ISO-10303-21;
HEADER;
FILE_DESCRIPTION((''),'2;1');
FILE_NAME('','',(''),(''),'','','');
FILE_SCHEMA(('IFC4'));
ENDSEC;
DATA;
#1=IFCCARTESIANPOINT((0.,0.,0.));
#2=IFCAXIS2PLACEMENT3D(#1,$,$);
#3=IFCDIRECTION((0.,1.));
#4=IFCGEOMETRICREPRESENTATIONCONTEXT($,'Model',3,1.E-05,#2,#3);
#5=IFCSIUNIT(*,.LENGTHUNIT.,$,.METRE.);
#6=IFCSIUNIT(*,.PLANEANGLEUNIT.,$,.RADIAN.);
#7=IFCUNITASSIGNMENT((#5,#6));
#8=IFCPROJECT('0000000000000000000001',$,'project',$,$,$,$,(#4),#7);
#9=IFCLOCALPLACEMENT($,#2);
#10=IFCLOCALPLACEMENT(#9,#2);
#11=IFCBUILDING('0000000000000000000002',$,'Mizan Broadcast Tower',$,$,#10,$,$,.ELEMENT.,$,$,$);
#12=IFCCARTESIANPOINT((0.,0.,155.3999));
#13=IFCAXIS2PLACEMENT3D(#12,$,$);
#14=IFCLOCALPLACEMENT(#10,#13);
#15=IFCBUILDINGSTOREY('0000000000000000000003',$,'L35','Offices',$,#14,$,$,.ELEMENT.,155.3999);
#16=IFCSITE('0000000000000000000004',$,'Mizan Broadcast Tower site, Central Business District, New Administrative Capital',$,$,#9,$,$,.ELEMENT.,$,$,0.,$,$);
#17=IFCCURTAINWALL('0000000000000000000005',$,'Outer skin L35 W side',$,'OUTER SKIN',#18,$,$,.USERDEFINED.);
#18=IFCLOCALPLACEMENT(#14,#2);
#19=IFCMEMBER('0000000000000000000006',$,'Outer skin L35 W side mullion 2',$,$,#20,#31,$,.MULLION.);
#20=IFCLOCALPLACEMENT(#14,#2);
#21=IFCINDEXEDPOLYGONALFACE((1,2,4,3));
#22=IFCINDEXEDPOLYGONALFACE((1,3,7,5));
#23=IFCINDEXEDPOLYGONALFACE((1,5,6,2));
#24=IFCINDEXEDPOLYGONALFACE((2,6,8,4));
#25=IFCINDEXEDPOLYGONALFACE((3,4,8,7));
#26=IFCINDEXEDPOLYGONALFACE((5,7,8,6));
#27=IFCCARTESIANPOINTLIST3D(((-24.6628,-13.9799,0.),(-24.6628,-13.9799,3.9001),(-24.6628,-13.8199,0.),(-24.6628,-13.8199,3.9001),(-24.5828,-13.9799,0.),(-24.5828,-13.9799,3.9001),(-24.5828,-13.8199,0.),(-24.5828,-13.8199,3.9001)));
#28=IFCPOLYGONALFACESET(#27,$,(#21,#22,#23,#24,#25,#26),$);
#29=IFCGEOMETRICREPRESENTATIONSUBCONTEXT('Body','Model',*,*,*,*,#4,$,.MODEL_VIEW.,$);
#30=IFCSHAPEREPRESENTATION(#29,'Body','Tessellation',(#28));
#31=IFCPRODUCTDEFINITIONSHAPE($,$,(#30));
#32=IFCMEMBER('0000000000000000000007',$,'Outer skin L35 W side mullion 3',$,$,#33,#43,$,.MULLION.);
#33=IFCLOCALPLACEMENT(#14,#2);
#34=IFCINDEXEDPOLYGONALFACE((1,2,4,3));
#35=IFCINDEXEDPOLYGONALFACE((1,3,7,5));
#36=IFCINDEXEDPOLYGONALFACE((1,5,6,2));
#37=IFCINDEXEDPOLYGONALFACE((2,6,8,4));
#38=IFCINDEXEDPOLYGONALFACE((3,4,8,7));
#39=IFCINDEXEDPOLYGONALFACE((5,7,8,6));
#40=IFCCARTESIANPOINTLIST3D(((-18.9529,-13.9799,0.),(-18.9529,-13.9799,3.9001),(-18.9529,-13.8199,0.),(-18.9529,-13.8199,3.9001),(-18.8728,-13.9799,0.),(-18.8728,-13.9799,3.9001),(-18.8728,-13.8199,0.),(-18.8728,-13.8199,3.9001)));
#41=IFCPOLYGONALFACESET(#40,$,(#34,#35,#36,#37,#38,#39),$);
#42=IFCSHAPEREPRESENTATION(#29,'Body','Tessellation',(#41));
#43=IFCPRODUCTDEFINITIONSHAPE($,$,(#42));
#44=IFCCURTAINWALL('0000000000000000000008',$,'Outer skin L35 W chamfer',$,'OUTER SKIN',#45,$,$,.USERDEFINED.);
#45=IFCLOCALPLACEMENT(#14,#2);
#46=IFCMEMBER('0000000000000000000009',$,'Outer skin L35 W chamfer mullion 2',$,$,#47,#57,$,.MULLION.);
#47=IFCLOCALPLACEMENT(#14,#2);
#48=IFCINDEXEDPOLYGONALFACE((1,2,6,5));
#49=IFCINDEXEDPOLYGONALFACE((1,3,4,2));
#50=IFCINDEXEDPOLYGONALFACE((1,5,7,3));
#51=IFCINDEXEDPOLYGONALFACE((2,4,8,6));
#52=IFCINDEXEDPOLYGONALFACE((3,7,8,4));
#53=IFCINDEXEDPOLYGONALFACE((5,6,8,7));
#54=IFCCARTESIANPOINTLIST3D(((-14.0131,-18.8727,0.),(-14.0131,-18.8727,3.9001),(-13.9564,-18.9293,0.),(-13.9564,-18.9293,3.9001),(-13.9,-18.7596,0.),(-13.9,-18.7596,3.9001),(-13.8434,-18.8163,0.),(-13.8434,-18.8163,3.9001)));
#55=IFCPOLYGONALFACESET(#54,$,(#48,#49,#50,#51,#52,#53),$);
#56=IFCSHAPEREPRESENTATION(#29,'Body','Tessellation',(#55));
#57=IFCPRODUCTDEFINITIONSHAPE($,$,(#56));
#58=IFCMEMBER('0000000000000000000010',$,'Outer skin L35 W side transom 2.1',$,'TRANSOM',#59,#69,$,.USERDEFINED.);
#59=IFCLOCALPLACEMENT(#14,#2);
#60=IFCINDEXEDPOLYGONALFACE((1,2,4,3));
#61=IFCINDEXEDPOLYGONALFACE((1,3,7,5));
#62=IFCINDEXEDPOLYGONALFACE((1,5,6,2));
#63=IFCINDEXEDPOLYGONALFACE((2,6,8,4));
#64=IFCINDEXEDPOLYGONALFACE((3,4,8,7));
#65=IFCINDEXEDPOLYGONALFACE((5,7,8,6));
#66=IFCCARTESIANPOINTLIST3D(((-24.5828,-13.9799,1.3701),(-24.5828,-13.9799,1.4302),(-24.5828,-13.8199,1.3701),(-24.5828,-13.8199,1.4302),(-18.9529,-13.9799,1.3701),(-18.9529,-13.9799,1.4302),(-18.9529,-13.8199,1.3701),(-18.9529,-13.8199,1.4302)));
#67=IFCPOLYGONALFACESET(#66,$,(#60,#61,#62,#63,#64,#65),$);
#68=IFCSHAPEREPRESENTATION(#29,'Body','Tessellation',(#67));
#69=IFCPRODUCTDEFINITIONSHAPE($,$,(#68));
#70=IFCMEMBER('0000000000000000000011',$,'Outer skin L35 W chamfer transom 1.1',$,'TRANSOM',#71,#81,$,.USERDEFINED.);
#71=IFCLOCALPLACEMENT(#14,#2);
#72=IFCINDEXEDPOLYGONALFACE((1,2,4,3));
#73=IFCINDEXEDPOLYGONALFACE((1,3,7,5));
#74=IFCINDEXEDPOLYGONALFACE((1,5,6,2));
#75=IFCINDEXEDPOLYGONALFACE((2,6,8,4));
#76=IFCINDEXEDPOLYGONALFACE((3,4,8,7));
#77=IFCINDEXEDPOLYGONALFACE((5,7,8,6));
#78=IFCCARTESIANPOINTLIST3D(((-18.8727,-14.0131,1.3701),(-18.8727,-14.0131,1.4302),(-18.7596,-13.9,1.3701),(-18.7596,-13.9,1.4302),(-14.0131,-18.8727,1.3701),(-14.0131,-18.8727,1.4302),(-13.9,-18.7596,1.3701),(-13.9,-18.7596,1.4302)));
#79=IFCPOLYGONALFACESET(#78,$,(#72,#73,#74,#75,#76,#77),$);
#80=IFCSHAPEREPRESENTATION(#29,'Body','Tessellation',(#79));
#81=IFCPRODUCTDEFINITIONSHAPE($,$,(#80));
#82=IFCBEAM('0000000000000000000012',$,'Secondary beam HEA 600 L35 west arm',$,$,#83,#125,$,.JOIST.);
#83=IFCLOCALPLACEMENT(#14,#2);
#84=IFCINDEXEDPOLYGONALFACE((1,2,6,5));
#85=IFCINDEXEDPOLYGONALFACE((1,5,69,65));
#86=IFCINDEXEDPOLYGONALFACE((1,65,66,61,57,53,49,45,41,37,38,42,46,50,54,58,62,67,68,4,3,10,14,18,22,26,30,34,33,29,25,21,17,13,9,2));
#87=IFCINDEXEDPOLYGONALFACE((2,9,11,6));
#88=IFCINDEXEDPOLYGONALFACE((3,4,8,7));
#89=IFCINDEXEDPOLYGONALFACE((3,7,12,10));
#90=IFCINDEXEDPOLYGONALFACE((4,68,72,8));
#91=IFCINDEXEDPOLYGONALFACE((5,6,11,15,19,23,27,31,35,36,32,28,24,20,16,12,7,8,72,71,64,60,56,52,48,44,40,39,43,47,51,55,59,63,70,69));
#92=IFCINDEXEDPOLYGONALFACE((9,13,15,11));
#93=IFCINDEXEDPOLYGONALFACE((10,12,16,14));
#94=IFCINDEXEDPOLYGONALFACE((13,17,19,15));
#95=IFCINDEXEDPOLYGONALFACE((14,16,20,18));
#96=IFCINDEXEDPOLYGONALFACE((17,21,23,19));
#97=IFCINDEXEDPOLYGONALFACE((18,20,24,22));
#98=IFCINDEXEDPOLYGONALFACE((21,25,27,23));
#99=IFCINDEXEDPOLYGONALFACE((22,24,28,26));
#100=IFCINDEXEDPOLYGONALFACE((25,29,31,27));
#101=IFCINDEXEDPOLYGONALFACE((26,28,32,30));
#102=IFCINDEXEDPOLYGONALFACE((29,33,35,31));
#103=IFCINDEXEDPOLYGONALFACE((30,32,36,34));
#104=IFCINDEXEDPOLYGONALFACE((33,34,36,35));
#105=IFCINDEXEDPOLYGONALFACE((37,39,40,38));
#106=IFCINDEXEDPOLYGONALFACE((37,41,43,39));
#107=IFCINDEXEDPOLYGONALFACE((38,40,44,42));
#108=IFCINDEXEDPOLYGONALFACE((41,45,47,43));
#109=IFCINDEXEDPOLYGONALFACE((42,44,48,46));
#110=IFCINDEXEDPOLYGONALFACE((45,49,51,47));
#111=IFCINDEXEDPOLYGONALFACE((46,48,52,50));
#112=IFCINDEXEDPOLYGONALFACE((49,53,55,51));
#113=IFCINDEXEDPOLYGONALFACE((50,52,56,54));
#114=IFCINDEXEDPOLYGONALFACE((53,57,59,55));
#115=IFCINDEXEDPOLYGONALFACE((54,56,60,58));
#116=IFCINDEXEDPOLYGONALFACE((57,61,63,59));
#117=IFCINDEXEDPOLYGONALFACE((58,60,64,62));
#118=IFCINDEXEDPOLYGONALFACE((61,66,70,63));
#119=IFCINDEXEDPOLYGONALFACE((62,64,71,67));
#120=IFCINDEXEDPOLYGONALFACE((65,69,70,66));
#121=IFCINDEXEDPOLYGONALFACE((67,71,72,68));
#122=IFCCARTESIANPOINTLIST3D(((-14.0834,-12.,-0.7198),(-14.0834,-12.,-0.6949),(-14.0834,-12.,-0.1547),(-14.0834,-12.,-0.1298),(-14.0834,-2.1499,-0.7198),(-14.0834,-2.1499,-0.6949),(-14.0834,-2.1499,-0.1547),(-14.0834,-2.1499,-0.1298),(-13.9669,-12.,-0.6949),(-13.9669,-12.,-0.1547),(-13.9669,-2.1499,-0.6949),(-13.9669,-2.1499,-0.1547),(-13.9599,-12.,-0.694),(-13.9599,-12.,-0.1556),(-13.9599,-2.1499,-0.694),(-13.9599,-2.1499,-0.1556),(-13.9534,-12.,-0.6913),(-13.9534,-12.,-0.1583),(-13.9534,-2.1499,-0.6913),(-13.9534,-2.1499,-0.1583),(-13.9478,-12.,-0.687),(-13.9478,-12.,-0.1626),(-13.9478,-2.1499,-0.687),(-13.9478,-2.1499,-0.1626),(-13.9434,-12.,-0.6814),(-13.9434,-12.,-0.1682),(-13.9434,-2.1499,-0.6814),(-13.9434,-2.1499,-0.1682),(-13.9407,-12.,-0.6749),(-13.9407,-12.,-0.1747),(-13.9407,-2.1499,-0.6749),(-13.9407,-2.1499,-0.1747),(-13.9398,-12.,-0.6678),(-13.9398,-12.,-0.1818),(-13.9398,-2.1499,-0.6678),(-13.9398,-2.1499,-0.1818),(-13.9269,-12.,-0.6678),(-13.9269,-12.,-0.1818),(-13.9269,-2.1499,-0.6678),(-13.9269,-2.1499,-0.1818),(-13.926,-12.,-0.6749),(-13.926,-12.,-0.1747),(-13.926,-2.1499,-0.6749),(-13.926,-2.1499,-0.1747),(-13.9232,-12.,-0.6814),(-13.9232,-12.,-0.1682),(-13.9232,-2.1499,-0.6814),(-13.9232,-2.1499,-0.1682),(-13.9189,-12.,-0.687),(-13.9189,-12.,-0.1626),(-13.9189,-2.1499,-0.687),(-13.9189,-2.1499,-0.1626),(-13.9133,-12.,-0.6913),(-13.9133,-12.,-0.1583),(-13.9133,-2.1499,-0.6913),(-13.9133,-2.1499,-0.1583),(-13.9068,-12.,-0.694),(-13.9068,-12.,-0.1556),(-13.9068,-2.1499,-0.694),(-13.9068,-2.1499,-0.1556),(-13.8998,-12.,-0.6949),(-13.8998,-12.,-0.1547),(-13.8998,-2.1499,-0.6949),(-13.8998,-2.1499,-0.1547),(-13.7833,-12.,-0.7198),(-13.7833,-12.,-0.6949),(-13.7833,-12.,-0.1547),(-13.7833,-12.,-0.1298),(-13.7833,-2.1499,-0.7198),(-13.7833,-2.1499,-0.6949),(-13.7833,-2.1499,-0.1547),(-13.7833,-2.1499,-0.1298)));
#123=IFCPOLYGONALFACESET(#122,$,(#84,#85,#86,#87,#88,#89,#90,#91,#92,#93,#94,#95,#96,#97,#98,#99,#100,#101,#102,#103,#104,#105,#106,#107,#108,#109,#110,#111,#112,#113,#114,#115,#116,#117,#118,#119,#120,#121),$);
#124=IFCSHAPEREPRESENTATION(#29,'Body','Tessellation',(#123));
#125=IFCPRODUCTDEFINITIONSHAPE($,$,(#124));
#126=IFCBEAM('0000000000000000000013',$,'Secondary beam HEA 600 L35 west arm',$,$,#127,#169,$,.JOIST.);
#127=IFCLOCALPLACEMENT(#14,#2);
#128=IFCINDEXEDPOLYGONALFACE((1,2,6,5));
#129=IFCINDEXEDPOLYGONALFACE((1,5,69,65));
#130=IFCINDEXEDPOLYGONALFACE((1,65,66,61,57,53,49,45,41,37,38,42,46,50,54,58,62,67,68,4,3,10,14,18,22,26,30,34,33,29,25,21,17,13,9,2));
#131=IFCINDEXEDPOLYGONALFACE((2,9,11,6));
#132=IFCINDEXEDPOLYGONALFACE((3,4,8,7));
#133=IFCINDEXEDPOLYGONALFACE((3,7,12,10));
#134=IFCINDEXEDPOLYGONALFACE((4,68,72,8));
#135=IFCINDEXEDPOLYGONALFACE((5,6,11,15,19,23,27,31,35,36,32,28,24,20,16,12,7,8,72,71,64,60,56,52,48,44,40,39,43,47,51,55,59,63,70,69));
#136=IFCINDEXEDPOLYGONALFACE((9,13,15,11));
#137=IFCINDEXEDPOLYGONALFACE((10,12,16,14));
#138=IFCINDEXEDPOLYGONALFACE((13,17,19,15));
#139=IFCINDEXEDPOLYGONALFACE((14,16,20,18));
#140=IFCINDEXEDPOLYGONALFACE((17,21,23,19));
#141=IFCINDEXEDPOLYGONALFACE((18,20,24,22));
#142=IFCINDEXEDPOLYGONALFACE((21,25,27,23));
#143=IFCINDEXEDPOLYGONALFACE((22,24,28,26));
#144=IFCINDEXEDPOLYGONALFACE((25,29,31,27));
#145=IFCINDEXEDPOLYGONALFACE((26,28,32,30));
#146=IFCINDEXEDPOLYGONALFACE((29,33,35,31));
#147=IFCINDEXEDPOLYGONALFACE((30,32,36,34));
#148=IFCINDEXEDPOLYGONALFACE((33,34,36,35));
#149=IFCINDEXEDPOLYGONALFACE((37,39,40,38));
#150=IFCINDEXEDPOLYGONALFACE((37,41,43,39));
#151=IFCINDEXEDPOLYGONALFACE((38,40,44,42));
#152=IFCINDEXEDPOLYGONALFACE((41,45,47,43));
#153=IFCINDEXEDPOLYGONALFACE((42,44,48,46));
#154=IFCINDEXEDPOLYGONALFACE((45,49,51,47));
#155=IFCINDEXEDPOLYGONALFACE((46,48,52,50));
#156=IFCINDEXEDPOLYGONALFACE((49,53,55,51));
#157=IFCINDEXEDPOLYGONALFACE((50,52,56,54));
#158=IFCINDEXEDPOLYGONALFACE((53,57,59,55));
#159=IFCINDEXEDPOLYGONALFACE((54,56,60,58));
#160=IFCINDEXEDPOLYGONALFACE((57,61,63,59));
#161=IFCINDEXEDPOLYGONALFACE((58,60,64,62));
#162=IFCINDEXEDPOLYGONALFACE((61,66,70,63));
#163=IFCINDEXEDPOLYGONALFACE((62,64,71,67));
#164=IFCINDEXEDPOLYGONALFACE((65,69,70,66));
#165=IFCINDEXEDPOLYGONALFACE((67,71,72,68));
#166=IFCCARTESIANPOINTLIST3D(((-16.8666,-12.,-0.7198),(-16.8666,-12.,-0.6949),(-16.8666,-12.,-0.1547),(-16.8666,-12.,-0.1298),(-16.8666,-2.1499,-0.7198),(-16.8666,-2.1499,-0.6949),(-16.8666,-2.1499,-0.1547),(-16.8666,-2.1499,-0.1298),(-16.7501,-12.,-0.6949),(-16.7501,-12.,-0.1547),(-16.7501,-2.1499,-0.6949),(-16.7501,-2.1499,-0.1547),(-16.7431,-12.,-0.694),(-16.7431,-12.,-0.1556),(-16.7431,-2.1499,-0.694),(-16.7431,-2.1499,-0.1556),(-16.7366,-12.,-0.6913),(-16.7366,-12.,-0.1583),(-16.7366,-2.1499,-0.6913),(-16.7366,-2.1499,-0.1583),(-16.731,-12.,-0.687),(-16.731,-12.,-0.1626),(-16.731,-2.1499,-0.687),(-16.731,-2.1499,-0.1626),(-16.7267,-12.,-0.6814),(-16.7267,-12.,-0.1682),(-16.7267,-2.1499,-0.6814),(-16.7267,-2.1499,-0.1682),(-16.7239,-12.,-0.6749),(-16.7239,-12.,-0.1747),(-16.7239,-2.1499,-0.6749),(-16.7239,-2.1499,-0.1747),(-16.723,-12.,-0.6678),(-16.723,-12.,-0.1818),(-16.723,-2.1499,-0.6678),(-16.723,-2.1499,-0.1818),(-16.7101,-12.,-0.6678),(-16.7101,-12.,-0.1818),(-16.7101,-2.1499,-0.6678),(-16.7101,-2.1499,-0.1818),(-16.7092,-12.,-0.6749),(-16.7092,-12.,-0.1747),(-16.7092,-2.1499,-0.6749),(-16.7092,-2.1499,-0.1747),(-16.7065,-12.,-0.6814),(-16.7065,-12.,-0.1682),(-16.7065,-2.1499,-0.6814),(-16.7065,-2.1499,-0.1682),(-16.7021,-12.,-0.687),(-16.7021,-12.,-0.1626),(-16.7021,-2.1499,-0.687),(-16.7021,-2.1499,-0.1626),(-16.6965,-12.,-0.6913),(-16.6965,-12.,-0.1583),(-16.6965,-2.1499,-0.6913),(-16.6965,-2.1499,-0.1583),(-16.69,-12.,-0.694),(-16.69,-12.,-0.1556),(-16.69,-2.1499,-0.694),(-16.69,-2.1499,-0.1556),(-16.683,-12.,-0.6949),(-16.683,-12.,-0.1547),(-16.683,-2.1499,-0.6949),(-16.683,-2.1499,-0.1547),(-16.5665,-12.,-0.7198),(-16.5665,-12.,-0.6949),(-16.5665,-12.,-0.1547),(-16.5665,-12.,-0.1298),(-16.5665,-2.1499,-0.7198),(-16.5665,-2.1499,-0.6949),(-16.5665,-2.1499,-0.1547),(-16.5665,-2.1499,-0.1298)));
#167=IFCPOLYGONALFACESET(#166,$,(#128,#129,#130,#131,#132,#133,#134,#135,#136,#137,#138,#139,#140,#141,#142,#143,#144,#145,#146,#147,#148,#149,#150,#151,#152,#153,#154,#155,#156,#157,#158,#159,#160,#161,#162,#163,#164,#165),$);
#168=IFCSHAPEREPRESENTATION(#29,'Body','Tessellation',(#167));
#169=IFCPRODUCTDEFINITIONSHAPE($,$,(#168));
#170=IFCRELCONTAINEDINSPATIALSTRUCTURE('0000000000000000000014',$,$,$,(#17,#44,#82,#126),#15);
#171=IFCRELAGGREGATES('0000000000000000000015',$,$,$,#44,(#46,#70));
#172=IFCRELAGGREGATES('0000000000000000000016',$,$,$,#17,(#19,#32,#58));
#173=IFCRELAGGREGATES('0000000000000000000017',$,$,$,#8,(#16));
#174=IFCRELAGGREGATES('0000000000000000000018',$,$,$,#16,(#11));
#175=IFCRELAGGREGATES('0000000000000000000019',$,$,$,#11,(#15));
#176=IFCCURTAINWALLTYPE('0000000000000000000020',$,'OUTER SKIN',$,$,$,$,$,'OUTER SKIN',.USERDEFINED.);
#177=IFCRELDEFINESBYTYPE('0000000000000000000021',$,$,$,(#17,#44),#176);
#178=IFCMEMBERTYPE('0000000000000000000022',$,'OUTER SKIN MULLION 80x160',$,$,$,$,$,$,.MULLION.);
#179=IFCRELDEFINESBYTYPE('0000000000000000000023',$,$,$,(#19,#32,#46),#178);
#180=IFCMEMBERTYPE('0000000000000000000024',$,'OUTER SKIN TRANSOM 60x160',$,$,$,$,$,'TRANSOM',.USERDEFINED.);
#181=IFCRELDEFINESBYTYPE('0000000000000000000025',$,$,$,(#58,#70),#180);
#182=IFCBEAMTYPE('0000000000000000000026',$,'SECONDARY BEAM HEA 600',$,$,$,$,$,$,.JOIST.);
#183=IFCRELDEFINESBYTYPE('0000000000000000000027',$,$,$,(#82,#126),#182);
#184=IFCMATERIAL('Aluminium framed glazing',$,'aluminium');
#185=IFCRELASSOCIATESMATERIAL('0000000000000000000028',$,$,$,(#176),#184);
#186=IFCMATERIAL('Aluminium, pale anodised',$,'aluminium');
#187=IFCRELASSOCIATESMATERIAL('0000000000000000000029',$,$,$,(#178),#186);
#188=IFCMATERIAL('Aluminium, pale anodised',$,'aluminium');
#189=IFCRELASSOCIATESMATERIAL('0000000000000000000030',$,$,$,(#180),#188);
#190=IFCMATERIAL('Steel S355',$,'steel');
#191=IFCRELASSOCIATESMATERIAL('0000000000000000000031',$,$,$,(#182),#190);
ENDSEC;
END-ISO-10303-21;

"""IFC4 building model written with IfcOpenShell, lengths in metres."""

from ifc_helpers import new_model, si_unit, direction, frame, origin, origin_2d, place, context, subcontext, project, spatial, rectangle, i_section, extrude, material, material_profile, profile_set, type_object, element, aggregate, save


model = new_model("IFC4")

# Units and contexts
model_context = context("Model", 3, precision=1e-05, world=origin(), true_north=direction((0.0, 1.0)))
body_context = subcontext(model_context, "Body", "Model", "MODEL_VIEW")
ifc_project = project(units=[si_unit("LENGTHUNIT", "METRE"), si_unit("PLANEANGLEUNIT", "RADIAN")], contexts=[model_context])

# Site, building, storey
site_placement = place(None, origin())
site = spatial("IfcSite", under=ifc_project, at=site_placement, Name="Mizan Broadcast Tower site, Central Business District, New Administrative Capital", CompositionType="ELEMENT", RefElevation=0.0)
building_placement = place(site_placement, origin())
building = spatial("IfcBuilding", under=site, at=building_placement, Name="Mizan Broadcast Tower", CompositionType="ELEMENT")
storey_placement = place(building_placement, frame((0.0, 0.0, 155.3999)))
storey = spatial("IfcBuildingStorey", under=building, at=storey_placement, Name="L35", Description="Offices", CompositionType="ELEMENT", Elevation=155.3999)

# Curtain wall, members
ifc_material_1 = material(Name="Aluminium framed glazing", Category="aluminium")
curtain_wall_type_1 = type_object("IfcCurtainWallType", Name="OUTER SKIN", ElementType="OUTER SKIN", PredefinedType="USERDEFINED", material=ifc_material_1)
curtain_wall_1_placement = place(storey_placement, origin())
curtain_wall_1 = element("IfcCurtainWall", 1, at=curtain_wall_1_placement, inside=storey, type_object=curtain_wall_type_1, Name="Outer skin L35 W side", ObjectType="OUTER SKIN", PredefinedType="USERDEFINED")
ifc_material_2 = material(Name="Aluminium, pale anodised", Category="aluminium")
ifc_material_profile_1 = material_profile(ifc_material_2, rectangle(XDim=0.1599, YDim=0.0801, at=origin_2d()), Name="MULLION 160x80")
ifc_profile_set_1 = profile_set([ifc_material_profile_1], Name="Aluminium, pale anodised")
member_type_1 = type_object("IfcMemberType", Name="OUTER SKIN MULLION 80x160", PredefinedType="MULLION", material=ifc_profile_set_1)
member_1_placement = place(storey_placement, frame((-24.6228, -13.8999, 0.0), z_axis=(0.0, 0.0, 1.0), x_axis=(0.0, 1.0, 0.0)))
member_1 = element("IfcMember", 2, at=member_1_placement, type_object=member_type_1, Name="Outer skin L35 W side mullion 2", PredefinedType="MULLION", context=body_context, shape_type="SweptSolid", body=[
    extrude(rectangle(XDim=0.1599, YDim=0.0801, at=origin_2d()), origin(), (0.0, 0.0, 1.0), 3.9001),
])
member_2_placement = place(storey_placement, frame((-18.9128, -13.8999, 0.0), z_axis=(0.0, 0.0, 1.0), x_axis=(0.0, 1.0, 0.0)))
member_2 = element("IfcMember", 3, at=member_2_placement, type_object=member_type_1, Name="Outer skin L35 W side mullion 3", PredefinedType="MULLION", context=body_context, shape_type="SweptSolid", body=[
    extrude(rectangle(XDim=0.1599, YDim=0.0801, at=origin_2d()), origin(), (0.0, 0.0, 1.0), 3.9001),
])

# Curtain wall, member
curtain_wall_2_placement = place(storey_placement, origin())
curtain_wall_2 = element("IfcCurtainWall", 4, at=curtain_wall_2_placement, inside=storey, type_object=curtain_wall_type_1, Name="Outer skin L35 W chamfer", ObjectType="OUTER SKIN", PredefinedType="USERDEFINED")
member_3_placement = place(storey_placement, frame((-13.9282, -18.8445, 0.0), z_axis=(0.0, 0.0, 1.0), x_axis=(0.707107, 0.707107, 0.0)))
member_3 = element("IfcMember", 5, at=member_3_placement, type_object=member_type_1, Name="Outer skin L35 W chamfer mullion 2", PredefinedType="MULLION", context=body_context, shape_type="SweptSolid", body=[
    extrude(rectangle(XDim=0.1599, YDim=0.0801, at=origin_2d()), origin(), (0.0, 0.0, 1.0), 3.9001),
])

# Members
ifc_material_3 = material(Name="Aluminium, pale anodised", Category="aluminium")
ifc_material_profile_2 = material_profile(ifc_material_3, rectangle(XDim=0.1599, YDim=0.0601, at=origin_2d()), Name="TRANSOM 160x60")
ifc_profile_set_2 = profile_set([ifc_material_profile_2], Name="Aluminium, pale anodised")
member_type_2 = type_object("IfcMemberType", Name="OUTER SKIN TRANSOM 60x160", ElementType="TRANSOM", PredefinedType="USERDEFINED", material=ifc_profile_set_2)
member_4_placement = place(storey_placement, frame((-24.5828, -13.8999, 1.4001), z_axis=(1.0, 0.0, 0.0), x_axis=(0.0, 1.0, 0.0)))
member_4 = element("IfcMember", 6, at=member_4_placement, type_object=member_type_2, Name="Outer skin L35 W side transom 2.1", ObjectType="TRANSOM", PredefinedType="USERDEFINED", context=body_context, shape_type="SweptSolid", body=[
    extrude(rectangle(XDim=0.1599, YDim=0.0601, at=origin_2d()), origin(), (0.0, 0.0, 1.0), 5.6299),
])
member_5_placement = place(storey_placement, frame((-18.8162, -13.9565, 1.4001), z_axis=(0.707107, -0.707107, 0.0), x_axis=(0.707107, 0.707107, 0.0)))
member_5 = element("IfcMember", 7, at=member_5_placement, type_object=member_type_2, Name="Outer skin L35 W chamfer transom 1.1", ObjectType="TRANSOM", PredefinedType="USERDEFINED", context=body_context, shape_type="SweptSolid", body=[
    extrude(rectangle(XDim=0.1599, YDim=0.0601, at=origin_2d()), origin(), (0.0, 0.0, 1.0), 6.8726),
])

# Beams
ifc_material_4 = material(Name="Steel S355", Category="steel")
ifc_material_profile_3 = material_profile(ifc_material_4, i_section(OverallWidth=0.3, OverallDepth=0.5901, WebThickness=0.0129, FlangeThickness=0.0249, FilletRadius=0.0271, at=origin_2d()), Name="HEA 600")
ifc_profile_set_3 = profile_set([ifc_material_profile_3], Name="Steel S355")
beam_type_1 = type_object("IfcBeamType", Name="SECONDARY BEAM HEA 600", PredefinedType="JOIST", material=ifc_profile_set_3)
for number, where, z_axis, x_axis, name in (
    (8, (-13.9333, -12.0, -0.4248), (0.0, 1.0, 0.0), (-1.0, 0.0, 0.0), "Secondary beam HEA 600 L35 west arm"),
    (9, (-16.7166, -12.0, -0.4248), (0.0, 1.0, 0.0), (-1.0, 0.0, 0.0), "Secondary beam HEA 600 L35 west arm"),
):
    element("IfcBeam", number, at=place(storey_placement, frame(where, z_axis=z_axis, x_axis=x_axis)), inside=storey, type_object=beam_type_1, Name=name, PredefinedType="JOIST", context=body_context, shape_type="SweptSolid", body=[
        extrude(i_section(OverallWidth=0.3, OverallDepth=0.5901, WebThickness=0.0129, FlangeThickness=0.0249, FilletRadius=0.0271, at=origin_2d()), origin(), (0.0, 0.0, 1.0), 9.8501),
    ])

aggregate(curtain_wall_2, [member_3, member_5])
aggregate(curtain_wall_1, [member_1, member_2, member_4])

save(model, "model.ifc")
